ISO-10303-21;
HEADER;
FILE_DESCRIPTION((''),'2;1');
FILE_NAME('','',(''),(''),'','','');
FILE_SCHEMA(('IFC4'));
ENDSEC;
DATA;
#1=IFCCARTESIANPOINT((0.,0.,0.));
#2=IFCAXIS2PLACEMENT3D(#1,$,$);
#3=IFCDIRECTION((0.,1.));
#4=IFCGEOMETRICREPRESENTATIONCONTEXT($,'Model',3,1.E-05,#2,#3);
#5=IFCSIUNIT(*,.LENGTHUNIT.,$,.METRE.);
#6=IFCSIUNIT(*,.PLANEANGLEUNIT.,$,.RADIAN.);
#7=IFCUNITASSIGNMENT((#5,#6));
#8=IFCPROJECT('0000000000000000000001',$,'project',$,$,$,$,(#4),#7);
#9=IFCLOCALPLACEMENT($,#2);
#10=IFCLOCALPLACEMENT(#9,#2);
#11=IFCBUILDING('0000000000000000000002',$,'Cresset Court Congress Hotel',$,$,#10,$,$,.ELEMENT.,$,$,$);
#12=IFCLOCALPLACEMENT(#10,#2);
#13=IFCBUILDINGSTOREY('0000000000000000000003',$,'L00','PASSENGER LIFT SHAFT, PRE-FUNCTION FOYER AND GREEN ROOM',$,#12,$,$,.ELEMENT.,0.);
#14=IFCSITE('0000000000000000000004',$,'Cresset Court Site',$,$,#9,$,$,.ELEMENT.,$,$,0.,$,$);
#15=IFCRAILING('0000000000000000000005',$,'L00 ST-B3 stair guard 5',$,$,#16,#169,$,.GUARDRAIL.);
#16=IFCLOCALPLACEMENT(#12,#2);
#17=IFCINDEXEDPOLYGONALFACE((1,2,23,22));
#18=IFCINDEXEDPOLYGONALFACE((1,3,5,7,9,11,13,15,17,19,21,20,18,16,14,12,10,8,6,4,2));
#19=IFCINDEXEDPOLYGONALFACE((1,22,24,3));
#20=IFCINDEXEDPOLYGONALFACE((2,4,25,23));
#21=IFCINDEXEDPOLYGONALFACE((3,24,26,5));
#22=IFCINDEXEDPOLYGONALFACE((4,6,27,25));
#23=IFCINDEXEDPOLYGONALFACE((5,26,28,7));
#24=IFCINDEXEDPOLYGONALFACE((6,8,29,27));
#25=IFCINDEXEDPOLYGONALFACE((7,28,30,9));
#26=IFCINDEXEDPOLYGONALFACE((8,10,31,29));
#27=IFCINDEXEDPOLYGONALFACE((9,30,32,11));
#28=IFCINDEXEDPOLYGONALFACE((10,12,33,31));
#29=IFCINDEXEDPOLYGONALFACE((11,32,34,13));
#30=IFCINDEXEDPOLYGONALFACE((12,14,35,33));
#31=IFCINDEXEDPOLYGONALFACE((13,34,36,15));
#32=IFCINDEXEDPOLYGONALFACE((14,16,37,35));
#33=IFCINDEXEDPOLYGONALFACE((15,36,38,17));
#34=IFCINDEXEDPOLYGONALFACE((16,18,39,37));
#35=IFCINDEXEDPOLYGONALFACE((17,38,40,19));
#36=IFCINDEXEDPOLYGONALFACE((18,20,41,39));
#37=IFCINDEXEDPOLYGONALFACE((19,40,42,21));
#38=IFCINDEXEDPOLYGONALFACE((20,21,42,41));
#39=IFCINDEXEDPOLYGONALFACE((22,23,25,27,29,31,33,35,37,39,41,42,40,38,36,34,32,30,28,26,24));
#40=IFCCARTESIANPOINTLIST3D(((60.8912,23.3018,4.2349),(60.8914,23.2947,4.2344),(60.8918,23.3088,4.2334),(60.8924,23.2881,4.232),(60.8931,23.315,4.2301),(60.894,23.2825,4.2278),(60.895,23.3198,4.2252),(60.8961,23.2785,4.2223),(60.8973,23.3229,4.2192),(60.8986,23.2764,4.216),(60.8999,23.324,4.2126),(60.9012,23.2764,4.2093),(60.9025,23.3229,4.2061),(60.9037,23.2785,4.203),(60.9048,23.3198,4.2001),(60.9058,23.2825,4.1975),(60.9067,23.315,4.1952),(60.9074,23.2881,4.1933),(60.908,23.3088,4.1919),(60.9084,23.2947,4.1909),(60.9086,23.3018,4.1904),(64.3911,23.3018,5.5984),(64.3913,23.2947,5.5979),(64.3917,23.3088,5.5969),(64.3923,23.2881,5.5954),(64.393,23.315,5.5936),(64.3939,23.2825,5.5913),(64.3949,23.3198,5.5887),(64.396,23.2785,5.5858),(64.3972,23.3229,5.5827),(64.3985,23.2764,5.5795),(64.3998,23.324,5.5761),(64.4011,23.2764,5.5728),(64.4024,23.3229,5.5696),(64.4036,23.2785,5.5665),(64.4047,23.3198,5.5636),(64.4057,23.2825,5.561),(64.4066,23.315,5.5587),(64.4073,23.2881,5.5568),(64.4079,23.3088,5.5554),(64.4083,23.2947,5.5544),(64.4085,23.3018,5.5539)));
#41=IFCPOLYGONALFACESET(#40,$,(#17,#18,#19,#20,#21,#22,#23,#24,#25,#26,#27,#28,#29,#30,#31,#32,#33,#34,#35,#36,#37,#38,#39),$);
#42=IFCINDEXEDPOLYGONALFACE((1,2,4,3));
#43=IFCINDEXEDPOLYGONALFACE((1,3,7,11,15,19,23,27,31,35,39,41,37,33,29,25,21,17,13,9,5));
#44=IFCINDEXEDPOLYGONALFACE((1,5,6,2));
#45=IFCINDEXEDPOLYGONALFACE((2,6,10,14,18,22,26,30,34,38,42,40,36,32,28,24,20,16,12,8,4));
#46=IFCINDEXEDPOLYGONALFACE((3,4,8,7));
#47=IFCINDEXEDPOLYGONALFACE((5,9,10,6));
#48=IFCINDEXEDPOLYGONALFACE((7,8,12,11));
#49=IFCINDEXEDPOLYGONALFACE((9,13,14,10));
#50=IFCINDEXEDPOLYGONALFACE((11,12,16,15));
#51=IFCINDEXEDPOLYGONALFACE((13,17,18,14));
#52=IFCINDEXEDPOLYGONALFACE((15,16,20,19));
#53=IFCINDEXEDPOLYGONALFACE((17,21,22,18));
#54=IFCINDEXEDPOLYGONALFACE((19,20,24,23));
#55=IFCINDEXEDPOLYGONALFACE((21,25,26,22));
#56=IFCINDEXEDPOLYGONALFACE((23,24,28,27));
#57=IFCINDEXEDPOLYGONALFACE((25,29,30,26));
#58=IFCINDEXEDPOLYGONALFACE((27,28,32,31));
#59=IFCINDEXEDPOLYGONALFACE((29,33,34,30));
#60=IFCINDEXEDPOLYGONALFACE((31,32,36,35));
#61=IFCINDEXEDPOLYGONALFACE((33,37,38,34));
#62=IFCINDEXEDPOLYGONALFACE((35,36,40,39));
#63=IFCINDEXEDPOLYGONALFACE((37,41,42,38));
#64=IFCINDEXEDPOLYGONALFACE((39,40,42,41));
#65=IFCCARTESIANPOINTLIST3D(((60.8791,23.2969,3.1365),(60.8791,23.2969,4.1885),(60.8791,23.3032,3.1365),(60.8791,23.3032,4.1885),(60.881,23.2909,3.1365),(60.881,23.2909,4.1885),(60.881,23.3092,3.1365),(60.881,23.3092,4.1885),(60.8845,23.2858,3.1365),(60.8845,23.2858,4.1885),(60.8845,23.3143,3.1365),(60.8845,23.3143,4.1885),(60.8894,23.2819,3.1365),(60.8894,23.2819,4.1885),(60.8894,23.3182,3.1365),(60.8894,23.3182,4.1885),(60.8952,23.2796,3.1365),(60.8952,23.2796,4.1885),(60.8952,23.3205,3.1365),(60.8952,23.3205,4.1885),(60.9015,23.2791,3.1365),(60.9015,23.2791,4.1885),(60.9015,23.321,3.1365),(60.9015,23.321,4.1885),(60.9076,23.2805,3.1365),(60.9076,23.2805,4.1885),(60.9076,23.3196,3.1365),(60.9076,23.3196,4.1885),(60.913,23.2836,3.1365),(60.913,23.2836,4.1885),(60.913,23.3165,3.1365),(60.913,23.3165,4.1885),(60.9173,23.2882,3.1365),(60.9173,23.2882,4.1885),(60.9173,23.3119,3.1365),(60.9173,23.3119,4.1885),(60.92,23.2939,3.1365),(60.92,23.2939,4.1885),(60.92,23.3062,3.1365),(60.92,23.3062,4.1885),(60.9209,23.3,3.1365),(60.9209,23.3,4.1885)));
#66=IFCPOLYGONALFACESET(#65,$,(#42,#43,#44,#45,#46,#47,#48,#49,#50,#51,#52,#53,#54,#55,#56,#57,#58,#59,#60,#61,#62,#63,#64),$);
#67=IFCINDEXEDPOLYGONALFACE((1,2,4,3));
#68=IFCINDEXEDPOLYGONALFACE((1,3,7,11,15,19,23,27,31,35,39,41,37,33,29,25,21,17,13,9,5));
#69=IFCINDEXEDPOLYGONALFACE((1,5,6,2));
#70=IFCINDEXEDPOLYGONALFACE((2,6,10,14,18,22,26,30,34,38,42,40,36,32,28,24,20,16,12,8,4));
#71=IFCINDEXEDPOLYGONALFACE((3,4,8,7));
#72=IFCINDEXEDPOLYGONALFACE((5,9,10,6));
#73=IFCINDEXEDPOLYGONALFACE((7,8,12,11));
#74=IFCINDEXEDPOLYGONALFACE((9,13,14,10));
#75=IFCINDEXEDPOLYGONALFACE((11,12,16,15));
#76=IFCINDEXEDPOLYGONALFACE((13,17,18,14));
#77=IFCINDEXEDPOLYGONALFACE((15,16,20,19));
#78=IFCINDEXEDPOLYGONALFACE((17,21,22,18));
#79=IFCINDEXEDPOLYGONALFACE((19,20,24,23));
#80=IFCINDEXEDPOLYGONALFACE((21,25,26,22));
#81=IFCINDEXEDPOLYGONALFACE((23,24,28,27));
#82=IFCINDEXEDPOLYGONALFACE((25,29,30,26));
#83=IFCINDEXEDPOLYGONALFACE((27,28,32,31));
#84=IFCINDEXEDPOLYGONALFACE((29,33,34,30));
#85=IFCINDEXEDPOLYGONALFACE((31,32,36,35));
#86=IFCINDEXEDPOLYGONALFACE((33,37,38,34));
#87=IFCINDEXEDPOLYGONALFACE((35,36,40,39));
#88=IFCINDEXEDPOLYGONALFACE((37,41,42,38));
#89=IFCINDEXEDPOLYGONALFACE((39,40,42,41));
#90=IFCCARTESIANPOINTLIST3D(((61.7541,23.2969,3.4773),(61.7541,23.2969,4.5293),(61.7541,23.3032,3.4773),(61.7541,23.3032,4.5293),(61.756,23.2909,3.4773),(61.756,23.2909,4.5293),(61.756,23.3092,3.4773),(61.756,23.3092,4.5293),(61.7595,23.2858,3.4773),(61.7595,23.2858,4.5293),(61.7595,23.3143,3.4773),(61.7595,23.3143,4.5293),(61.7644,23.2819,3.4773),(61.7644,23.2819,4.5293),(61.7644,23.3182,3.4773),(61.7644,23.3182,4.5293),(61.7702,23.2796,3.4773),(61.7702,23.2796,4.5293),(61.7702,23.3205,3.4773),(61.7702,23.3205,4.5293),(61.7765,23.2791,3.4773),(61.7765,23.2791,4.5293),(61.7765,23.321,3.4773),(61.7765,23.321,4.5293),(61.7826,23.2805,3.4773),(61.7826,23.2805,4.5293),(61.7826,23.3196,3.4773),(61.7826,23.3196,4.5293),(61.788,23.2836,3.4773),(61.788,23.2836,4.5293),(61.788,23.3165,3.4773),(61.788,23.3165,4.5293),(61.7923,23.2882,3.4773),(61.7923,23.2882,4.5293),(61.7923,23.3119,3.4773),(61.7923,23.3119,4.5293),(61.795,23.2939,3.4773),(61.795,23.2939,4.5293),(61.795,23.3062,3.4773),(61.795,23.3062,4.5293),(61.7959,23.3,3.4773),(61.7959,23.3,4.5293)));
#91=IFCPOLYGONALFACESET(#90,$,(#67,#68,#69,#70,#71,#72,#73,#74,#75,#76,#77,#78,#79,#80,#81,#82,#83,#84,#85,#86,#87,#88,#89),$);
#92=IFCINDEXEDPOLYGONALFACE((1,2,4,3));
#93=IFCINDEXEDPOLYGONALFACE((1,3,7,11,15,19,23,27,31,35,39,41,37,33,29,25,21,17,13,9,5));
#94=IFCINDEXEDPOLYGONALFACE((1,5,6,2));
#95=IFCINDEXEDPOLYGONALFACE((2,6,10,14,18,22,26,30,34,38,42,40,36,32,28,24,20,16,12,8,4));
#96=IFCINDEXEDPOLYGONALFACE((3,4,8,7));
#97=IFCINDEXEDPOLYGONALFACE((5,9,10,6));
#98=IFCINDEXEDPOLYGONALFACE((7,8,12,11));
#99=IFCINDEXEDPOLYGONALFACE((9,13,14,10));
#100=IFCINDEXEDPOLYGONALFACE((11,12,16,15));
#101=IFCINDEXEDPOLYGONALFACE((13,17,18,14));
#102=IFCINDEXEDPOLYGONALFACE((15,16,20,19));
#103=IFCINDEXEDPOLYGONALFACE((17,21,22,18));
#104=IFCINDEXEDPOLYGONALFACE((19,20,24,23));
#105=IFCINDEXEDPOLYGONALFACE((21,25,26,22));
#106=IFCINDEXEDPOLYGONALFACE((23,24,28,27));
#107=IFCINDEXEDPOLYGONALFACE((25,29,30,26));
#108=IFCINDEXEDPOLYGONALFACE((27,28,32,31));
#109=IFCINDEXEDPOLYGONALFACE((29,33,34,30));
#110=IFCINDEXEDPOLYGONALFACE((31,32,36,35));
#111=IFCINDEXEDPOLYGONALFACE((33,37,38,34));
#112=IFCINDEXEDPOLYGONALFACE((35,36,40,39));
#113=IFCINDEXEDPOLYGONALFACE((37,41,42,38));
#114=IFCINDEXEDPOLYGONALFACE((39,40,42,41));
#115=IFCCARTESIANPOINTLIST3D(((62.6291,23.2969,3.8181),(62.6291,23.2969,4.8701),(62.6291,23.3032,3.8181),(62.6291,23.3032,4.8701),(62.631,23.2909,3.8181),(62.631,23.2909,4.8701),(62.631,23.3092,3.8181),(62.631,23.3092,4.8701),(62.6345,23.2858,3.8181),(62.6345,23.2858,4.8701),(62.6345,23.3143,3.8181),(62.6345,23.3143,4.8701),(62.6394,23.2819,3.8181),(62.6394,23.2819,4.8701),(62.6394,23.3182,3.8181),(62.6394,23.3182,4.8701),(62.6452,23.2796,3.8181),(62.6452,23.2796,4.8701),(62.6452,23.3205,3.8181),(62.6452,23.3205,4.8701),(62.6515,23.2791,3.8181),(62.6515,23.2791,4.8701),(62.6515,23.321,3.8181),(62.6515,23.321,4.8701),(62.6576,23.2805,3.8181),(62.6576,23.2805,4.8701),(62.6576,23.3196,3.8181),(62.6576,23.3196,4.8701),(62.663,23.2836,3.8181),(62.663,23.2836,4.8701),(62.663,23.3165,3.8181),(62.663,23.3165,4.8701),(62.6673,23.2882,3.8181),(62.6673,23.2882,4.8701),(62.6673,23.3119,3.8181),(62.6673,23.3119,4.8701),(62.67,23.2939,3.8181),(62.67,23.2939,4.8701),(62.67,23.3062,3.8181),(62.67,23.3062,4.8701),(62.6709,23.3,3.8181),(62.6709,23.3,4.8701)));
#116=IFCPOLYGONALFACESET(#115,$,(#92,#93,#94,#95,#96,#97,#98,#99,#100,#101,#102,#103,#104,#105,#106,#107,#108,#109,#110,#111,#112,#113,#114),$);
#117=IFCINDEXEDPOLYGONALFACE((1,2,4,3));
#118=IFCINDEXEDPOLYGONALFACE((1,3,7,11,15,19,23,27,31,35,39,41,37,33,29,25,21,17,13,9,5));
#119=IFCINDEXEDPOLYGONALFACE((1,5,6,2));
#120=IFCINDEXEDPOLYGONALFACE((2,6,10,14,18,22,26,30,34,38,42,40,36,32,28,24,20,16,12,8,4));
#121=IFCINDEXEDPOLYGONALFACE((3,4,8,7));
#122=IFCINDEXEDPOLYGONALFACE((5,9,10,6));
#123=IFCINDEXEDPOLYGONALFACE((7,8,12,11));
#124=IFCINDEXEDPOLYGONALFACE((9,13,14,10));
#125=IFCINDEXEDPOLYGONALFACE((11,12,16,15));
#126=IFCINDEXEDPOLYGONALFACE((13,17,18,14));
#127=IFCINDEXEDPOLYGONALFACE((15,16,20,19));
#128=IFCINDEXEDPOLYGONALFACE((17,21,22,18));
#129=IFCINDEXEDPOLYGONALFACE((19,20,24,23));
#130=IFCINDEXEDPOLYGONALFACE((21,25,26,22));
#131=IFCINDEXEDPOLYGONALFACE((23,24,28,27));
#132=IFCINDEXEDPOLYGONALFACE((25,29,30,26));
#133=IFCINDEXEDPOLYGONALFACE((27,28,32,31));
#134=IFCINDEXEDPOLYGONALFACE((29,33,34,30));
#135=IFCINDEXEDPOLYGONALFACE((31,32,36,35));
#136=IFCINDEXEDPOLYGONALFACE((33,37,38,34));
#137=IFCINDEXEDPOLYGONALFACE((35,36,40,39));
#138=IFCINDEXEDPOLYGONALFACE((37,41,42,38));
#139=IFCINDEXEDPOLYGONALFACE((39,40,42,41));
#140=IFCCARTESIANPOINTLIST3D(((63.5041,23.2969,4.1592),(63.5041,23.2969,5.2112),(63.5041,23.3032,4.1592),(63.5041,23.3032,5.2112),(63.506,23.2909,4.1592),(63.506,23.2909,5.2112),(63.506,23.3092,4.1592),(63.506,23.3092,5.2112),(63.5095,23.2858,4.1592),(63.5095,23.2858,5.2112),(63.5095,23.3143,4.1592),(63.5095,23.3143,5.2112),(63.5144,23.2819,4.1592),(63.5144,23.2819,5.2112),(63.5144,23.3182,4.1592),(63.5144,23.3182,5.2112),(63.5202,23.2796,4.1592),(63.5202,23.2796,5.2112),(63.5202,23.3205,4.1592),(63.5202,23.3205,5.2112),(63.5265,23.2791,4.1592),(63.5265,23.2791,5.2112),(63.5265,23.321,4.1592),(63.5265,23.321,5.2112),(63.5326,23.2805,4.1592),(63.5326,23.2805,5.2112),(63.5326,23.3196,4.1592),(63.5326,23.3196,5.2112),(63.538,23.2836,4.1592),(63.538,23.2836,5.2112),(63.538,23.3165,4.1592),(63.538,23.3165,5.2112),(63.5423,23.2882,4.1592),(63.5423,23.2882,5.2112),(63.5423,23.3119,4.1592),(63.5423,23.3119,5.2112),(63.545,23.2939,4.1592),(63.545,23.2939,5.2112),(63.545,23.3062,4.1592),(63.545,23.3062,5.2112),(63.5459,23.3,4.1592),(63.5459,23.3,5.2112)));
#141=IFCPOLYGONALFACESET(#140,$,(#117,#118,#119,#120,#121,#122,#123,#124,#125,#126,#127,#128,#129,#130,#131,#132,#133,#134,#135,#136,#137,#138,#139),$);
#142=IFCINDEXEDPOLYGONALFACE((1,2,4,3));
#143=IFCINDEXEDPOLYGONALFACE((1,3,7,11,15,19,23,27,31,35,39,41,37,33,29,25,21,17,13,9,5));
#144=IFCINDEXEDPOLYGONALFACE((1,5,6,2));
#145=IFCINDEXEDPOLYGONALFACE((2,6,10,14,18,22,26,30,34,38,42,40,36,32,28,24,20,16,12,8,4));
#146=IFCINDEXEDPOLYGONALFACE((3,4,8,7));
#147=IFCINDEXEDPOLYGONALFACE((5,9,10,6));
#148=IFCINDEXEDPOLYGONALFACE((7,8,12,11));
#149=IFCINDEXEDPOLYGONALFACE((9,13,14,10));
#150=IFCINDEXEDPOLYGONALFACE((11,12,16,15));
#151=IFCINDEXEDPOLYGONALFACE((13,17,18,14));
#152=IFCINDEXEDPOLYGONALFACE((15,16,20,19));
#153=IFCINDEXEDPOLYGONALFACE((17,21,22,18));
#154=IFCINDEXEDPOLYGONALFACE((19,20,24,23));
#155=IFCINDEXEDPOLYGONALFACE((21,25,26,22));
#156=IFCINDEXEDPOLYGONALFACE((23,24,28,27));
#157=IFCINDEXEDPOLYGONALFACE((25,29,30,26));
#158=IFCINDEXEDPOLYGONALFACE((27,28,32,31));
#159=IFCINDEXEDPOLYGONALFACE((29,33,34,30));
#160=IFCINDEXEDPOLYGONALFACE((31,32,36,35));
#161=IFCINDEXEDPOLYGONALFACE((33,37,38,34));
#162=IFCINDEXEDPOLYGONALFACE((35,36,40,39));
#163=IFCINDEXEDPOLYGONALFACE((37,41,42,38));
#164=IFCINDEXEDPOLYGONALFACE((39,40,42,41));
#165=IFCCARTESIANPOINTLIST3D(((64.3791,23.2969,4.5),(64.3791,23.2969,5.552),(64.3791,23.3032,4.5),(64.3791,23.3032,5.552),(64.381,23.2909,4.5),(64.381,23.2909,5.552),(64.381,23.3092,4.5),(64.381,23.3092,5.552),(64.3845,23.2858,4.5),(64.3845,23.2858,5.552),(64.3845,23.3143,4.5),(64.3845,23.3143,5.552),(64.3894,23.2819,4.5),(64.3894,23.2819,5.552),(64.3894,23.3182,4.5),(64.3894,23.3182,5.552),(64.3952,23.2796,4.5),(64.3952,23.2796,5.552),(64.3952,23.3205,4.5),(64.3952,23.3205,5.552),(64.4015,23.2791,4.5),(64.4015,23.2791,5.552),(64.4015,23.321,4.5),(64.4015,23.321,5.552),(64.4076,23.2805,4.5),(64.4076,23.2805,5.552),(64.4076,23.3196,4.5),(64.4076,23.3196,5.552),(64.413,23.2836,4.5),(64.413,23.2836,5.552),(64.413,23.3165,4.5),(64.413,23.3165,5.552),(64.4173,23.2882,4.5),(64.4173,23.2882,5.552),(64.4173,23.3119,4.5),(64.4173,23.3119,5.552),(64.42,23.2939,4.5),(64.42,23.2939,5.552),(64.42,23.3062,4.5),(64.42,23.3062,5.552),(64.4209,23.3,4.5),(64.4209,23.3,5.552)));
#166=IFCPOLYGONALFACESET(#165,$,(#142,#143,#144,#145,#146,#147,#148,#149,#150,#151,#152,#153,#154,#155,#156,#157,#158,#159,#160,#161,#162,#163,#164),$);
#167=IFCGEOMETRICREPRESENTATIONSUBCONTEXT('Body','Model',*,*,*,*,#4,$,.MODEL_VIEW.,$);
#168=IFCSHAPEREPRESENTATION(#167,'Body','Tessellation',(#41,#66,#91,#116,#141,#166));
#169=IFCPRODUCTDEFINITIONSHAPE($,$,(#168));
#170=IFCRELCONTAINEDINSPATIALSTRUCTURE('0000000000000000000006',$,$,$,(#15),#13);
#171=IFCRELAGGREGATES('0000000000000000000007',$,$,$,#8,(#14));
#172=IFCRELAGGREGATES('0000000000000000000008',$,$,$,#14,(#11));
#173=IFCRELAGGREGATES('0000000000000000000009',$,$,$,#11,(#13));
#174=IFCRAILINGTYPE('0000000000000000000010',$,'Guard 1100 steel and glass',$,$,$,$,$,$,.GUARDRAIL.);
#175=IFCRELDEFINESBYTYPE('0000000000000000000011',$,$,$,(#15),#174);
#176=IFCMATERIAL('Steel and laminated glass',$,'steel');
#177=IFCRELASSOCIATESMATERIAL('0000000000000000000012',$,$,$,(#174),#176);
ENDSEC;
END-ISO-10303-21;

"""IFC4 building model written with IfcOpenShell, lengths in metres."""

from ifc_helpers import new_model, si_unit, direction, frame, origin, origin_2d, place, context, subcontext, project, spatial, circle, extrude, material, type_object, element, save


model = new_model("IFC4")

# Units and contexts
model_context = context("Model", 3, precision=1e-05, world=origin(), true_north=direction((0.0, 1.0)))
body_context = subcontext(model_context, "Body", "Model", "MODEL_VIEW")
ifc_project = project(units=[si_unit("LENGTHUNIT", "METRE"), si_unit("PLANEANGLEUNIT", "RADIAN")], contexts=[model_context])

# Site, building, storey
site_placement = place(None, origin())
site = spatial("IfcSite", under=ifc_project, at=site_placement, Name="Cresset Court Site", CompositionType="ELEMENT", RefElevation=0.0)
building_placement = place(site_placement, origin())
building = spatial("IfcBuilding", under=site, at=building_placement, Name="Cresset Court Congress Hotel", CompositionType="ELEMENT")
storey_placement = place(building_placement, origin())
storey = spatial("IfcBuildingStorey", under=building, at=storey_placement, Name="L00", Description="PASSENGER LIFT SHAFT, PRE-FUNCTION FOYER AND GREEN ROOM", CompositionType="ELEMENT", Elevation=0.0)

# Railing
ifc_material_1 = material(Name="Steel and laminated glass", Category="steel")
railing_type_1 = type_object("IfcRailingType", Name="Guard 1100 steel and glass", PredefinedType="GUARDRAIL", material=ifc_material_1)
railing_1_placement = place(storey_placement, frame((60.8999, 23.3, 3.1365)))
element("IfcRailing", 1, at=railing_1_placement, inside=storey, type_object=railing_type_1, Name="L00 ST-B3 stair guard 5", PredefinedType="GUARDRAIL", context=body_context, shape_type="SweptSolid", body=[
    extrude(circle(Radius=0.0239, at=origin_2d()), frame((0.0, 0.0, 1.0762), z_axis=(0.931787, 0.0, 0.363005), x_axis=(0.0, 1.0, 0.0)), (0.0, 0.0, 1.0), 3.7561),
    extrude(circle(Radius=0.021, at=origin_2d()), origin(), (0.0, 0.0, 1.0), 1.052),
    extrude(circle(Radius=0.021, at=origin_2d()), frame((0.875, 0.0, 0.3408)), (0.0, 0.0, 1.0), 1.052),
    extrude(circle(Radius=0.021, at=origin_2d()), frame((1.75, 0.0, 0.6816)), (0.0, 0.0, 1.0), 1.052),
    extrude(circle(Radius=0.021, at=origin_2d()), frame((2.625, 0.0, 1.0227)), (0.0, 0.0, 1.0), 1.052),
    extrude(circle(Radius=0.021, at=origin_2d()), frame((3.5, 0.0, 1.3635)), (0.0, 0.0, 1.0), 1.052),
])

save(model, "model.ifc")
